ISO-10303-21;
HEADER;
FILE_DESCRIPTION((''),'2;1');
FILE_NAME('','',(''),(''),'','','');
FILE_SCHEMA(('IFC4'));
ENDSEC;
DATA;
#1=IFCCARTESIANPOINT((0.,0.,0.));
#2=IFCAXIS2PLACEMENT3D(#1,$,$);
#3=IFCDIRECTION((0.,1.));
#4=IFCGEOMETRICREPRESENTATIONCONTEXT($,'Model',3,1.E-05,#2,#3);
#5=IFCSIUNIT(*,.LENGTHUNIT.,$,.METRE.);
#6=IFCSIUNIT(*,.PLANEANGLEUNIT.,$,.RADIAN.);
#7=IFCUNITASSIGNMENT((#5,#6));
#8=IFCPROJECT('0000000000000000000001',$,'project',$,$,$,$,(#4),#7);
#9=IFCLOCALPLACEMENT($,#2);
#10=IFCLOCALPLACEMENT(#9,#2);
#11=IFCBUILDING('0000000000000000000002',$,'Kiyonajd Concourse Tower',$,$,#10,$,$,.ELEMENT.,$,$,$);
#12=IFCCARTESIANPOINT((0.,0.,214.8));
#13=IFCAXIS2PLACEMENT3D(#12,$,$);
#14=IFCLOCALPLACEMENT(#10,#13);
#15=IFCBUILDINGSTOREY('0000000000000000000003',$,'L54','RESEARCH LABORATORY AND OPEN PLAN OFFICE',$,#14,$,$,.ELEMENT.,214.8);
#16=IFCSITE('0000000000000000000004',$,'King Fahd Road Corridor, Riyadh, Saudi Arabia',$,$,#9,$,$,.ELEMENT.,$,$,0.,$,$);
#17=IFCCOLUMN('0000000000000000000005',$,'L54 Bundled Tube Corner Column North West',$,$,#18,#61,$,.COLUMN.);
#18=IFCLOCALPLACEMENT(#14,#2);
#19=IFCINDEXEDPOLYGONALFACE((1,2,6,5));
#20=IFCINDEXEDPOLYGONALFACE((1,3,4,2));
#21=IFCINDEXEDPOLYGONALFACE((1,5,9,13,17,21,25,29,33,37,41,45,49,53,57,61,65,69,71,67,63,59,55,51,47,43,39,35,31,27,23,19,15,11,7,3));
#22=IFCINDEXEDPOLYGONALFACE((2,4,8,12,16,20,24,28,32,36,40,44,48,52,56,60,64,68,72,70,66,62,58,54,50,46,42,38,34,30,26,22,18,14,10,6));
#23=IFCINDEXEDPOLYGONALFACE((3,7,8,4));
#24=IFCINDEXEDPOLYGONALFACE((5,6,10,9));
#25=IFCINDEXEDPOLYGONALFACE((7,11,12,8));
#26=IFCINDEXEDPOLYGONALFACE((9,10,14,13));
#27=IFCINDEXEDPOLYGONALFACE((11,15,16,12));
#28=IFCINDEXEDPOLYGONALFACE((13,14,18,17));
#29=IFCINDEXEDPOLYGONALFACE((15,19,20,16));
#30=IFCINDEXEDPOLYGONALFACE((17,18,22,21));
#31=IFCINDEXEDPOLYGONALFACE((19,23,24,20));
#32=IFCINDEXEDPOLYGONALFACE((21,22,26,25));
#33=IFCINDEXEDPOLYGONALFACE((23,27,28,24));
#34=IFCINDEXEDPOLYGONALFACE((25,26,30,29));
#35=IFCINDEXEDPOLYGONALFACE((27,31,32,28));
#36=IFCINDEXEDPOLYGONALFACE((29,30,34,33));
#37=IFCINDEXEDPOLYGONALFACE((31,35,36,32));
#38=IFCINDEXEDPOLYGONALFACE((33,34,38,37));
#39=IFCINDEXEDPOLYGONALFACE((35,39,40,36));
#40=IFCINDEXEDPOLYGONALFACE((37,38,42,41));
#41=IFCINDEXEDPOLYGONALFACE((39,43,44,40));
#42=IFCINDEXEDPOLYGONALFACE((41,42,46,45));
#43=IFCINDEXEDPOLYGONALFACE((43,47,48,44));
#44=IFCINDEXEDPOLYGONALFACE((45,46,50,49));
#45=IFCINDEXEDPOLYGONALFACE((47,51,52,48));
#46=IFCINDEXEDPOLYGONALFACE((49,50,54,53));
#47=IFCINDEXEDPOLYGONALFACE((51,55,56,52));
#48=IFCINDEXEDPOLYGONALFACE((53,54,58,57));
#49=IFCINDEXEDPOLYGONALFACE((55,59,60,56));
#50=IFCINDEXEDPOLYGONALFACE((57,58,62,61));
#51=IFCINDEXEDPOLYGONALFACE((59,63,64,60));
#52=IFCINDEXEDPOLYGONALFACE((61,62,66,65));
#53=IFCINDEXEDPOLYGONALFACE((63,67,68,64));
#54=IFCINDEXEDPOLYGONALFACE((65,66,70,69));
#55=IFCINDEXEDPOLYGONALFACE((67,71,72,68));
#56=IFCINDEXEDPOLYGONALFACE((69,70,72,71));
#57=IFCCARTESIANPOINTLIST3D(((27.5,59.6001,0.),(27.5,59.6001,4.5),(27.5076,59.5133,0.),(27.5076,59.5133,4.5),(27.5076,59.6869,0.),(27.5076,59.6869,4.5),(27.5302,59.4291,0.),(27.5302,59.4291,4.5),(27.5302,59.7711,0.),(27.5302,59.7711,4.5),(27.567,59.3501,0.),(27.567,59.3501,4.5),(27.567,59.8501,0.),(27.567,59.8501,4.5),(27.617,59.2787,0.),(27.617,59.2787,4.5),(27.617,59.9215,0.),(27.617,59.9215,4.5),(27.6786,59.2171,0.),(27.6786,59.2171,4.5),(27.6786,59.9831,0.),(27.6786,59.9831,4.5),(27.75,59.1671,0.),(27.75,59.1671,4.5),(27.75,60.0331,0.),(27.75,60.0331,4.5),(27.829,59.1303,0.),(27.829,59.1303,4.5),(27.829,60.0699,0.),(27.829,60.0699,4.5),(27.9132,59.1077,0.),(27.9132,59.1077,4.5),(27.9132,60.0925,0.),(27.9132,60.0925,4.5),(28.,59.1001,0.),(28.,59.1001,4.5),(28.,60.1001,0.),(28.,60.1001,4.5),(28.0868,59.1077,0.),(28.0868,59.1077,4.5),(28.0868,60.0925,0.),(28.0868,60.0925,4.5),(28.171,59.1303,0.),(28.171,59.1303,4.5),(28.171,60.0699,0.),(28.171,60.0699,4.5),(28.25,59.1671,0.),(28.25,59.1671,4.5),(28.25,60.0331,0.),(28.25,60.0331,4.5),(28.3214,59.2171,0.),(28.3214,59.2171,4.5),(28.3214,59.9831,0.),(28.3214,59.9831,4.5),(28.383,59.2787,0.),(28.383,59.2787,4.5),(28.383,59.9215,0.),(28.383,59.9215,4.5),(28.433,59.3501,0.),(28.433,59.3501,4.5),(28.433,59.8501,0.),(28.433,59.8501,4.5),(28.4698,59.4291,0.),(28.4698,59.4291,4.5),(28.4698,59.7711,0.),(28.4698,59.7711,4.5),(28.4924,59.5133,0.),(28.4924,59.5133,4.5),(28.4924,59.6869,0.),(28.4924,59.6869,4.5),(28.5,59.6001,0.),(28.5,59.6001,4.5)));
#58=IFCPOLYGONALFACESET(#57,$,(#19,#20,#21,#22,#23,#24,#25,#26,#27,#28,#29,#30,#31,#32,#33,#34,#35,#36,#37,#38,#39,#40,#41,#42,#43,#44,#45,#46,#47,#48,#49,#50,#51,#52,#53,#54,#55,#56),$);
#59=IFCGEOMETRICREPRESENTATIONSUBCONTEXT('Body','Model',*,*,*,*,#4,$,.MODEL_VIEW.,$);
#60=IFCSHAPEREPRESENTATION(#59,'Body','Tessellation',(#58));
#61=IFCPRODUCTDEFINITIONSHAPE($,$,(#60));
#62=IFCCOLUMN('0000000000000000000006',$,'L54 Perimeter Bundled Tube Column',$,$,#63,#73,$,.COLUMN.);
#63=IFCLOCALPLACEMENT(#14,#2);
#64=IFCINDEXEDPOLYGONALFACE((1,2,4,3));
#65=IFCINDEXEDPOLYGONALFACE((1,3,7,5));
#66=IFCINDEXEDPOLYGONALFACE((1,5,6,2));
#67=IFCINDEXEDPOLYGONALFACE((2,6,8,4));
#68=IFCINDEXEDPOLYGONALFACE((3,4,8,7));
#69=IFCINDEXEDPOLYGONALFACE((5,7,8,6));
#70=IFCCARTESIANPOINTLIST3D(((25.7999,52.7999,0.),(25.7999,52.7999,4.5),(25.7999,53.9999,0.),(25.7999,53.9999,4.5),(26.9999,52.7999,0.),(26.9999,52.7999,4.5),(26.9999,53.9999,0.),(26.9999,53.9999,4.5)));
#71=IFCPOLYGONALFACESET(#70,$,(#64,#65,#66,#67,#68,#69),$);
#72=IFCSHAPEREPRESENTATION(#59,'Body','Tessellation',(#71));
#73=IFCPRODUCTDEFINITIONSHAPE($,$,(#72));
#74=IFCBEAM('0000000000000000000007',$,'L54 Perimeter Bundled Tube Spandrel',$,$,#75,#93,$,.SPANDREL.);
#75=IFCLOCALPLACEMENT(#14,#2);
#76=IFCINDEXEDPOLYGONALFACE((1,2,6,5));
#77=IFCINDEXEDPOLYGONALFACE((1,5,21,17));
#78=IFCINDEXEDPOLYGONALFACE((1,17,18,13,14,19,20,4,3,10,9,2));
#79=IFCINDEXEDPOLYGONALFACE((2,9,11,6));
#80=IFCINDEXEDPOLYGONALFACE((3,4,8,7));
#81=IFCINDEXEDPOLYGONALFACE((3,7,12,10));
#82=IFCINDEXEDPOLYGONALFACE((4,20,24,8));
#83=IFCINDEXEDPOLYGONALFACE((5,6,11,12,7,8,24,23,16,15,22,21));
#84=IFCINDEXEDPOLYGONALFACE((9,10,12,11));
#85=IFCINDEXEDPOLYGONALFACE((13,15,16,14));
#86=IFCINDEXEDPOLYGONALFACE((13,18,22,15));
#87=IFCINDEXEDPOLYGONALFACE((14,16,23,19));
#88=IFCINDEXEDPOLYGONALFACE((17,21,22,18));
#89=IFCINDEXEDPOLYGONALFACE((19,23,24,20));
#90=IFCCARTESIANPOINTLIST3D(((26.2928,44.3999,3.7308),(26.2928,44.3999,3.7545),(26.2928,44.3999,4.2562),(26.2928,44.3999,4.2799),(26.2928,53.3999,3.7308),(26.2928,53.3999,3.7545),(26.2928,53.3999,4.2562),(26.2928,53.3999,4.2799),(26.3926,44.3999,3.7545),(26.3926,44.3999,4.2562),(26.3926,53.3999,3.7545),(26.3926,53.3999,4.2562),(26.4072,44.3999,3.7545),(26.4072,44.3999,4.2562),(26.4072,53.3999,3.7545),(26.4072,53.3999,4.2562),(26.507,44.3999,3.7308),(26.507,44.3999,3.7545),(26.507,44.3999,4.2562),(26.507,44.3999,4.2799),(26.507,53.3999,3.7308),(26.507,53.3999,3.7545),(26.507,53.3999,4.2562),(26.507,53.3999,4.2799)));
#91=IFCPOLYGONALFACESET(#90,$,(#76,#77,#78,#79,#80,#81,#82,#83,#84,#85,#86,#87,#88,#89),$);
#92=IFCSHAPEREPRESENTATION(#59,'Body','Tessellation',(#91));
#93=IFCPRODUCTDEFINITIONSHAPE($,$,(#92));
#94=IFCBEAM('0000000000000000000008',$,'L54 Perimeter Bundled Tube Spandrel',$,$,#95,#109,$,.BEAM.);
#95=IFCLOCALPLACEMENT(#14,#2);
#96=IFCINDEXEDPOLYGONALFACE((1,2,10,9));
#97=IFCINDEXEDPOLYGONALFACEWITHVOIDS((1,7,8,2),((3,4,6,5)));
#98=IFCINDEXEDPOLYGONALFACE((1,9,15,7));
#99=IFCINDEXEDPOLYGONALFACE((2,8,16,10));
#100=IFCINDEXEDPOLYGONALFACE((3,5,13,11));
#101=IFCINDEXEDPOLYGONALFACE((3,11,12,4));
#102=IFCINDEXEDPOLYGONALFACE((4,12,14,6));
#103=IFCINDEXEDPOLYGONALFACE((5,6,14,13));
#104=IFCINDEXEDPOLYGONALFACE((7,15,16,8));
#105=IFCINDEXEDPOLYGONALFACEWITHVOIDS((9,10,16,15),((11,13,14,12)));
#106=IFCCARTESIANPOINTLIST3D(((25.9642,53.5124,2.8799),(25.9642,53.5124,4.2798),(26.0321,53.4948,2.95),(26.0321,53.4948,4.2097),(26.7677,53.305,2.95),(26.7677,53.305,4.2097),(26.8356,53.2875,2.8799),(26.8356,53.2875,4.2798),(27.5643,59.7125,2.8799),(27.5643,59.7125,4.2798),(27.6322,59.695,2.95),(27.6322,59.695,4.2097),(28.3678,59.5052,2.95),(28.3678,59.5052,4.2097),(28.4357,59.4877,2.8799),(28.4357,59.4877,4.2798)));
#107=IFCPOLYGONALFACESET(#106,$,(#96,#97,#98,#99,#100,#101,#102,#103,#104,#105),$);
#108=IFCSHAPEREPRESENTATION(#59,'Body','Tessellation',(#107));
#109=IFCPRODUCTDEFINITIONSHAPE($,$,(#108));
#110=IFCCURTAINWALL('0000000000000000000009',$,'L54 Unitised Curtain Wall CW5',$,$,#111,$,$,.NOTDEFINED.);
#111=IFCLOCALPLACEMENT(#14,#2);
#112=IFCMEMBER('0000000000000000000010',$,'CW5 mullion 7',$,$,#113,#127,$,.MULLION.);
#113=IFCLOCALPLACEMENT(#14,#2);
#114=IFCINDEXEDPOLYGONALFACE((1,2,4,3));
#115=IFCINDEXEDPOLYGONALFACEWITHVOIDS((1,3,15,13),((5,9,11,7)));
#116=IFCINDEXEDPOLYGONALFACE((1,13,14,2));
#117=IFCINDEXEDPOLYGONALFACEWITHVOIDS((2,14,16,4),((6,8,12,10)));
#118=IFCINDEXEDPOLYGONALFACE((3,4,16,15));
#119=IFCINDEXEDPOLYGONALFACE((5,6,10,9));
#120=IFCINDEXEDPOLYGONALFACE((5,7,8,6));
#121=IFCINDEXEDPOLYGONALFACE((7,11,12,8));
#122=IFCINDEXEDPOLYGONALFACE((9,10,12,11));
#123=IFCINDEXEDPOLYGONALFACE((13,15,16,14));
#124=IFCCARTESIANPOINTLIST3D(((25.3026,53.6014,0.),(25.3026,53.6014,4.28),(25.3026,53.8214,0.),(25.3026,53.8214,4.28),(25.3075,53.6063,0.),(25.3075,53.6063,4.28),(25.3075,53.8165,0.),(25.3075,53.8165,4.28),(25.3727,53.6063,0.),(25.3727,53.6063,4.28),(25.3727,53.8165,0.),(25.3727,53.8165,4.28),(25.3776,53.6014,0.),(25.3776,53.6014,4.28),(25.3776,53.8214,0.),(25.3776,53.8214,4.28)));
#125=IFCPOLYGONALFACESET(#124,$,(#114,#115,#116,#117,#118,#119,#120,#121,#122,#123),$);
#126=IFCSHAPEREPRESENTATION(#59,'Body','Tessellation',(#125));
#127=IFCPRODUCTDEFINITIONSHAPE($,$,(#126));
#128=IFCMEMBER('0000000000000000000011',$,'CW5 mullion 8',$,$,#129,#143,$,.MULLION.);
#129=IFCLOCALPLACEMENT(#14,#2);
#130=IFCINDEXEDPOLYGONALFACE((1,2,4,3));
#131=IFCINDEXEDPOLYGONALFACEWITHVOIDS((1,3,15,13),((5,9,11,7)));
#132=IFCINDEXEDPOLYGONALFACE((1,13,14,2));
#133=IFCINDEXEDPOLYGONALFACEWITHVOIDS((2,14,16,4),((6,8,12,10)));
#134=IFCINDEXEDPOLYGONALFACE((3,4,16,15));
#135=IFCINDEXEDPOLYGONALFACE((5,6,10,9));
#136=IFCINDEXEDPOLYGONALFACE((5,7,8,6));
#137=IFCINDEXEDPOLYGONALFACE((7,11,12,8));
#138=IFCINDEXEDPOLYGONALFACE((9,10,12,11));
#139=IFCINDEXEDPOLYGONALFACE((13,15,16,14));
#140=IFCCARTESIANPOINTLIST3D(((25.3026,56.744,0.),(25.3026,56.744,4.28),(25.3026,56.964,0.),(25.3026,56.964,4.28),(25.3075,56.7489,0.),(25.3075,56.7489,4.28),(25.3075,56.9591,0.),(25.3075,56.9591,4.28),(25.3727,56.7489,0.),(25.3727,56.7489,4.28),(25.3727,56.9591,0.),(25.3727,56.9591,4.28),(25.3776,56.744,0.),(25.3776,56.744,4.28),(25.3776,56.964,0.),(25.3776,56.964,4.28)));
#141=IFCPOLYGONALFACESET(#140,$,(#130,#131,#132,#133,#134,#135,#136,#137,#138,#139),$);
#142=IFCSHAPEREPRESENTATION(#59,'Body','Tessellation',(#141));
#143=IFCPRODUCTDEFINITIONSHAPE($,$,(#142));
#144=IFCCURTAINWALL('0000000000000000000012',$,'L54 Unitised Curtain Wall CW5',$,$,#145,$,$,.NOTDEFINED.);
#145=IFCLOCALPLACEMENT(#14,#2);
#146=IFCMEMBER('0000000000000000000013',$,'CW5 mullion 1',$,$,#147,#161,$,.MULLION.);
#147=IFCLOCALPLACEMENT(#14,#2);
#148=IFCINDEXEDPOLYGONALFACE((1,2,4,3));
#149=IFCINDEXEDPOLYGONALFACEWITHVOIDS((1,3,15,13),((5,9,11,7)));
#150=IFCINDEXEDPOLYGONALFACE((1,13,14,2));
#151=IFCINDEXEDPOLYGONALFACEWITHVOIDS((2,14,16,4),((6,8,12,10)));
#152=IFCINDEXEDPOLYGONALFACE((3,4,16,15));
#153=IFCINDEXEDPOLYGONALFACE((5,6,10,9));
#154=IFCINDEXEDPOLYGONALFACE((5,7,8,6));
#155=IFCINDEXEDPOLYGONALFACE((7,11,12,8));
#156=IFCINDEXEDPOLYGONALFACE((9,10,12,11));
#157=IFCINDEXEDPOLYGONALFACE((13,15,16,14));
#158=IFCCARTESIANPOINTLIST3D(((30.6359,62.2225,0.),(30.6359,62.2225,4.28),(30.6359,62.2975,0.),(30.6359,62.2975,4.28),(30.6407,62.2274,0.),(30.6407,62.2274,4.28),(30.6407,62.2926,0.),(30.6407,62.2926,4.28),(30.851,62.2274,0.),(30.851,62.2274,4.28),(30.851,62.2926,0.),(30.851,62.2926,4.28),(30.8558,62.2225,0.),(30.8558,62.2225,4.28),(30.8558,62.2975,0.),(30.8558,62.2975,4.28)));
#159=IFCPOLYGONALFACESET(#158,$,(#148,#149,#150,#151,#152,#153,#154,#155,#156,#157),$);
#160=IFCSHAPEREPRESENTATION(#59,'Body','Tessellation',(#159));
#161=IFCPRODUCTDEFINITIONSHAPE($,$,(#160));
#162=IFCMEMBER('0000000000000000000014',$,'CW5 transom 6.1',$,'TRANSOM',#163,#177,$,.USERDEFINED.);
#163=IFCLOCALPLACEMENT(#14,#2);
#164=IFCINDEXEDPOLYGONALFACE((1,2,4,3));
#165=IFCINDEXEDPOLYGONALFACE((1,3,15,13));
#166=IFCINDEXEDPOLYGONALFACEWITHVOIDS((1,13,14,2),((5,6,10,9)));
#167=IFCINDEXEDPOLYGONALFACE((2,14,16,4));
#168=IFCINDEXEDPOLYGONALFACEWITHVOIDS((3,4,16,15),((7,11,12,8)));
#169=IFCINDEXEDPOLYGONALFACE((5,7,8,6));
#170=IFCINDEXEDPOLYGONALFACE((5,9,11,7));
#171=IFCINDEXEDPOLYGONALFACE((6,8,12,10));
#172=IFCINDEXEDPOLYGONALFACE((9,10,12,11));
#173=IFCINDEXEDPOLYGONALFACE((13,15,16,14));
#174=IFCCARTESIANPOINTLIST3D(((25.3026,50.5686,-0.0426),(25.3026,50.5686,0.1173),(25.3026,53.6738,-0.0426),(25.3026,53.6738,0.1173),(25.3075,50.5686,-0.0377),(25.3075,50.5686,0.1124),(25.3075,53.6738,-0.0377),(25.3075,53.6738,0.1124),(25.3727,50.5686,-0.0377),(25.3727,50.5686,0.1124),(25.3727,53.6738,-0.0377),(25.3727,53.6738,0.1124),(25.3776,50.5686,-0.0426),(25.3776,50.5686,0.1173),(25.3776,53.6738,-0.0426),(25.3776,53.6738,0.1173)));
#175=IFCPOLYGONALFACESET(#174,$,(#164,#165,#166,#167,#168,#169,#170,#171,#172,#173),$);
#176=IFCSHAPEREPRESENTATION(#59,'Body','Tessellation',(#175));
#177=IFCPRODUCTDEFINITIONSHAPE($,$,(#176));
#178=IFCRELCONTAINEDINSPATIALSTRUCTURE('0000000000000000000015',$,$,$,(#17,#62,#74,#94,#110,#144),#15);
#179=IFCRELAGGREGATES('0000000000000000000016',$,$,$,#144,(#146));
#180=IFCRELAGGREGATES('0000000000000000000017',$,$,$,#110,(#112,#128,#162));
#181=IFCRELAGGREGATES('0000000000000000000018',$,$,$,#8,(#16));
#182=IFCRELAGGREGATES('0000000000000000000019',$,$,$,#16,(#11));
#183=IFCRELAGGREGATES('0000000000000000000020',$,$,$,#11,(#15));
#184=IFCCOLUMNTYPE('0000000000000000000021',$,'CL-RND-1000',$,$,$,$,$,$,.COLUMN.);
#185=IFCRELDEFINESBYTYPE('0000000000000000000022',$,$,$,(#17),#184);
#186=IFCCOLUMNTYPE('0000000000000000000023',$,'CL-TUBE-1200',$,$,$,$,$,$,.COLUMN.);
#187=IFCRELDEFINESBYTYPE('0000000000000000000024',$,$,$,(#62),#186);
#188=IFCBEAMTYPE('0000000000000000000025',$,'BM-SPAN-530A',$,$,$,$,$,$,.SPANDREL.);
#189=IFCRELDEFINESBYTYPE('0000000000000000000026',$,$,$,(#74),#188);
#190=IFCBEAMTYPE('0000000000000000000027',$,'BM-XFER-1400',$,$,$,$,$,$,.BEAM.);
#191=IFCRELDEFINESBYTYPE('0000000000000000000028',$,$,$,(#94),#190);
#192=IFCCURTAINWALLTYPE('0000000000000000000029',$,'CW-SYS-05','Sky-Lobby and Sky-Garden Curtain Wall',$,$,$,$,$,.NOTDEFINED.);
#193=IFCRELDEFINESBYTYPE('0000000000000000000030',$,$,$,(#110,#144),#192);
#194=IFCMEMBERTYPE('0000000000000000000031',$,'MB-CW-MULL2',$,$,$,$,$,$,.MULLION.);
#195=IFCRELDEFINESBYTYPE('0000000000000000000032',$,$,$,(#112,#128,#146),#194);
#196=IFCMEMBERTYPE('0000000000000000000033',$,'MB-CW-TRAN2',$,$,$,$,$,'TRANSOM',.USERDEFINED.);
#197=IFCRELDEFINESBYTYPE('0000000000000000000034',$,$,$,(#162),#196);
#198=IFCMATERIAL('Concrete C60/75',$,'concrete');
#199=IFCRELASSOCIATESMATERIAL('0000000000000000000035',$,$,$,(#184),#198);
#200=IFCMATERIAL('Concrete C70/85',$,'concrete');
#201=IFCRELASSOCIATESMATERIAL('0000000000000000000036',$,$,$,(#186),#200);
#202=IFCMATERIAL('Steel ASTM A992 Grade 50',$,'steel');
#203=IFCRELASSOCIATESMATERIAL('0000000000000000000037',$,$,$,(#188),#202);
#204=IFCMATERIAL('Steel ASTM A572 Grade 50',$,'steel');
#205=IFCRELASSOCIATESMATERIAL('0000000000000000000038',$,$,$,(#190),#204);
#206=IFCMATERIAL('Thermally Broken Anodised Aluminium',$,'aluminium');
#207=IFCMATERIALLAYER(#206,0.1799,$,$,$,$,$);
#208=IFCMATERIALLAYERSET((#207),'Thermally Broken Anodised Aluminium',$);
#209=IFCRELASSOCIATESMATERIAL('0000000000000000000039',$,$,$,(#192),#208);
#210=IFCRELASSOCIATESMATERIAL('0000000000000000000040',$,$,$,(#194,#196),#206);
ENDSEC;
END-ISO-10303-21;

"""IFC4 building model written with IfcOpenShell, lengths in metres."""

from ifc_helpers import new_model, si_unit, direction, frame, origin, origin_2d, place, context, subcontext, project, spatial, rectangle, hollow_rectangle, circle, i_section, extrude, material, layer, layer_set, material_profile, profile_set, type_object, element, aggregate, save


model = new_model("IFC4")

# Units and contexts
model_context = context("Model", 3, precision=1e-05, world=origin(), true_north=direction((0.0, 1.0)))
body_context = subcontext(model_context, "Body", "Model", "MODEL_VIEW")
ifc_project = project(units=[si_unit("LENGTHUNIT", "METRE"), si_unit("PLANEANGLEUNIT", "RADIAN")], contexts=[model_context])

# Site, building, storey
site_placement = place(None, origin())
site = spatial("IfcSite", under=ifc_project, at=site_placement, Name="King Fahd Road Corridor, Riyadh, Saudi Arabia", CompositionType="ELEMENT", RefElevation=0.0)
building_placement = place(site_placement, origin())
building = spatial("IfcBuilding", under=site, at=building_placement, Name="Kiyonajd Concourse Tower", CompositionType="ELEMENT")
storey_placement = place(building_placement, frame((0.0, 0.0, 214.8)))
storey = spatial("IfcBuildingStorey", under=building, at=storey_placement, Name="L54", Description="RESEARCH LABORATORY AND OPEN PLAN OFFICE", CompositionType="ELEMENT", Elevation=214.8)

# Columns
ifc_material_1 = material(Name="Concrete C60/75", Category="concrete")
ifc_material_profile_1 = material_profile(ifc_material_1, circle(Radius=0.5, at=origin_2d()), Name="RCC-D1000")
ifc_profile_set_1 = profile_set([ifc_material_profile_1], Name="Concrete C60/75")
column_type_1 = type_object("IfcColumnType", Name="CL-RND-1000", PredefinedType="COLUMN", material=ifc_profile_set_1)
column_1_placement = place(storey_placement, frame((28.0, 59.6001, 0.0), z_axis=(0.0, 0.0, 1.0), x_axis=(1.0, 0.0, 0.0)))
element("IfcColumn", 1, at=column_1_placement, inside=storey, type_object=column_type_1, Name="L54 Bundled Tube Corner Column North West", PredefinedType="COLUMN", context=body_context, shape_type="SweptSolid", body=[
    extrude(circle(Radius=0.5, at=origin_2d()), origin(), (0.0, 0.0, 1.0), 4.5),
])
ifc_material_2 = material(Name="Concrete C70/85", Category="concrete")
ifc_material_profile_2 = material_profile(ifc_material_2, rectangle(XDim=1.2, YDim=1.2, at=origin_2d()), Name="RC-1200x1200")
ifc_profile_set_2 = profile_set([ifc_material_profile_2], Name="Concrete C70/85")
column_type_2 = type_object("IfcColumnType", Name="CL-TUBE-1200", PredefinedType="COLUMN", material=ifc_profile_set_2)
column_2_placement = place(storey_placement, frame((26.3999, 53.3999, 0.0), z_axis=(0.0, 0.0, 1.0), x_axis=(1.0, 0.0, 0.0)))
element("IfcColumn", 2, at=column_2_placement, inside=storey, type_object=column_type_2, Name="L54 Perimeter Bundled Tube Column", PredefinedType="COLUMN", context=body_context, shape_type="SweptSolid", body=[
    extrude(rectangle(XDim=1.2, YDim=1.2, at=origin_2d()), origin(), (0.0, 0.0, 1.0), 4.5),
])

# Beams
ifc_material_3 = material(Name="Steel ASTM A992 Grade 50", Category="steel")
ifc_material_profile_3 = material_profile(ifc_material_3, i_section(OverallWidth=0.2141, OverallDepth=0.5491, WebThickness=0.0146, FlangeThickness=0.0237, at=origin_2d()), Name="W530X138")
ifc_profile_set_3 = profile_set([ifc_material_profile_3], Name="Steel ASTM A992 Grade 50")
beam_type_1 = type_object("IfcBeamType", Name="BM-SPAN-530A", PredefinedType="SPANDREL", material=ifc_profile_set_3)
beam_1_placement = place(storey_placement, frame((26.3999, 53.3999, 4.0054), z_axis=(0.0, -1.0, 0.0), x_axis=(1.0, 0.0, 0.0)))
element("IfcBeam", 3, at=beam_1_placement, inside=storey, type_object=beam_type_1, Name="L54 Perimeter Bundled Tube Spandrel", PredefinedType="SPANDREL", context=body_context, shape_type="SweptSolid", body=[
    extrude(i_section(OverallWidth=0.2141, OverallDepth=0.5491, WebThickness=0.0146, FlangeThickness=0.0237, at=origin_2d()), origin(), (0.0, 0.0, 1.0), 9.0),
])
ifc_material_4 = material(Name="Steel ASTM A572 Grade 50", Category="steel")
ifc_material_profile_4 = material_profile(ifc_material_4, hollow_rectangle(XDim=0.8999, YDim=1.3999, WallThickness=0.0701, at=origin_2d()), Name="BOX-1400x900x70")
ifc_profile_set_4 = profile_set([ifc_material_profile_4], Name="Steel ASTM A572 Grade 50")
beam_type_2 = type_object("IfcBeamType", Name="BM-XFER-1400", PredefinedType="BEAM", material=ifc_profile_set_4)
beam_2_placement = place(storey_placement, frame((28.0, 59.6001, 3.5798), z_axis=(-0.249885, -0.968276, 0.0), x_axis=(0.968276, -0.249885, 0.0)))
element("IfcBeam", 4, at=beam_2_placement, inside=storey, type_object=beam_type_2, Name="L54 Perimeter Bundled Tube Spandrel", PredefinedType="BEAM", context=body_context, shape_type="SweptSolid", body=[
    extrude(hollow_rectangle(XDim=0.8999, YDim=1.3999, WallThickness=0.0701, at=origin_2d()), origin(), (0.0, 0.0, 1.0), 6.4033),
])

# Curtain wall, members
ifc_material_5 = material(Name="Thermally Broken Anodised Aluminium", Category="aluminium")
ifc_layer_1 = layer(ifc_material_5, 0.1799)
ifc_layer_set_1 = layer_set([ifc_layer_1], Name="Thermally Broken Anodised Aluminium")
curtain_wall_type = type_object("IfcCurtainWallType", Name="CW-SYS-05", Description="Sky-Lobby and Sky-Garden Curtain Wall", PredefinedType="NOTDEFINED", material=ifc_layer_set_1)
curtain_wall_1_placement = place(storey_placement, origin())
curtain_wall_1 = element("IfcCurtainWall", 5, at=curtain_wall_1_placement, inside=storey, type_object=curtain_wall_type, Name="L54 Unitised Curtain Wall CW5", PredefinedType="NOTDEFINED")
ifc_material_profile_5 = material_profile(ifc_material_5, hollow_rectangle(XDim=0.075, YDim=0.22, WallThickness=0.0049, at=origin_2d()), Name="MULL-75x220")
ifc_profile_set_5 = profile_set([ifc_material_profile_5], Name="Thermally Broken Anodised Aluminium")
member_type_1 = type_object("IfcMemberType", Name="MB-CW-MULL2", PredefinedType="MULLION", material=ifc_profile_set_5)
member_1_placement = place(storey_placement, frame((25.3401, 53.7114, 0.0), z_axis=(0.0, 0.0, 1.0), x_axis=(-1.0, 0.0, 0.0)))
member_1 = element("IfcMember", 6, at=member_1_placement, type_object=member_type_1, Name="CW5 mullion 7", PredefinedType="MULLION", context=body_context, shape_type="SweptSolid", body=[
    extrude(hollow_rectangle(XDim=0.075, YDim=0.22, WallThickness=0.0049, at=origin_2d()), origin(), (0.0, 0.0, 1.0), 4.28),
])
member_2_placement = place(storey_placement, frame((25.3401, 56.854, 0.0), z_axis=(0.0, 0.0, 1.0), x_axis=(-1.0, 0.0, 0.0)))
member_2 = element("IfcMember", 7, at=member_2_placement, type_object=member_type_1, Name="CW5 mullion 8", PredefinedType="MULLION", context=body_context, shape_type="SweptSolid", body=[
    extrude(hollow_rectangle(XDim=0.075, YDim=0.22, WallThickness=0.0049, at=origin_2d()), origin(), (0.0, 0.0, 1.0), 4.28),
])

# Curtain wall, member
curtain_wall_2_placement = place(storey_placement, origin())
curtain_wall_2 = element("IfcCurtainWall", 8, at=curtain_wall_2_placement, inside=storey, type_object=curtain_wall_type, Name="L54 Unitised Curtain Wall CW5", PredefinedType="NOTDEFINED")
member_3_placement = place(storey_placement, frame((30.7458, 62.26, 0.0), z_axis=(0.0, 0.0, 1.0), x_axis=(0.0, 1.0, 0.0)))
member_3 = element("IfcMember", 9, at=member_3_placement, type_object=member_type_1, Name="CW5 mullion 1", PredefinedType="MULLION", context=body_context, shape_type="SweptSolid", body=[
    extrude(hollow_rectangle(XDim=0.075, YDim=0.22, WallThickness=0.0049, at=origin_2d()), origin(), (0.0, 0.0, 1.0), 4.28),
])

# Member
ifc_material_profile_6 = material_profile(ifc_material_5, hollow_rectangle(XDim=0.075, YDim=0.1599, WallThickness=0.0049, at=origin_2d()), Name="TRAN-75x160")
ifc_profile_set_6 = profile_set([ifc_material_profile_6], Name="Thermally Broken Anodised Aluminium")
member_type_2 = type_object("IfcMemberType", Name="MB-CW-TRAN2", ElementType="TRANSOM", PredefinedType="USERDEFINED", material=ifc_profile_set_6)
member_4_placement = place(storey_placement, frame((25.3401, 50.5686, 0.0374), z_axis=(0.0, 1.0, 0.0), x_axis=(-1.0, 0.0, 0.0)))
member_4 = element("IfcMember", 10, at=member_4_placement, type_object=member_type_2, Name="CW5 transom 6.1", ObjectType="TRANSOM", PredefinedType="USERDEFINED", context=body_context, shape_type="SweptSolid", body=[
    extrude(hollow_rectangle(XDim=0.075, YDim=0.1599, WallThickness=0.0049, at=origin_2d()), origin(), (0.0, 0.0, 1.0), 3.1052),
])
aggregate(curtain_wall_2, [member_3])

aggregate(curtain_wall_1, [member_1, member_2, member_4])

save(model, "model.ifc")
